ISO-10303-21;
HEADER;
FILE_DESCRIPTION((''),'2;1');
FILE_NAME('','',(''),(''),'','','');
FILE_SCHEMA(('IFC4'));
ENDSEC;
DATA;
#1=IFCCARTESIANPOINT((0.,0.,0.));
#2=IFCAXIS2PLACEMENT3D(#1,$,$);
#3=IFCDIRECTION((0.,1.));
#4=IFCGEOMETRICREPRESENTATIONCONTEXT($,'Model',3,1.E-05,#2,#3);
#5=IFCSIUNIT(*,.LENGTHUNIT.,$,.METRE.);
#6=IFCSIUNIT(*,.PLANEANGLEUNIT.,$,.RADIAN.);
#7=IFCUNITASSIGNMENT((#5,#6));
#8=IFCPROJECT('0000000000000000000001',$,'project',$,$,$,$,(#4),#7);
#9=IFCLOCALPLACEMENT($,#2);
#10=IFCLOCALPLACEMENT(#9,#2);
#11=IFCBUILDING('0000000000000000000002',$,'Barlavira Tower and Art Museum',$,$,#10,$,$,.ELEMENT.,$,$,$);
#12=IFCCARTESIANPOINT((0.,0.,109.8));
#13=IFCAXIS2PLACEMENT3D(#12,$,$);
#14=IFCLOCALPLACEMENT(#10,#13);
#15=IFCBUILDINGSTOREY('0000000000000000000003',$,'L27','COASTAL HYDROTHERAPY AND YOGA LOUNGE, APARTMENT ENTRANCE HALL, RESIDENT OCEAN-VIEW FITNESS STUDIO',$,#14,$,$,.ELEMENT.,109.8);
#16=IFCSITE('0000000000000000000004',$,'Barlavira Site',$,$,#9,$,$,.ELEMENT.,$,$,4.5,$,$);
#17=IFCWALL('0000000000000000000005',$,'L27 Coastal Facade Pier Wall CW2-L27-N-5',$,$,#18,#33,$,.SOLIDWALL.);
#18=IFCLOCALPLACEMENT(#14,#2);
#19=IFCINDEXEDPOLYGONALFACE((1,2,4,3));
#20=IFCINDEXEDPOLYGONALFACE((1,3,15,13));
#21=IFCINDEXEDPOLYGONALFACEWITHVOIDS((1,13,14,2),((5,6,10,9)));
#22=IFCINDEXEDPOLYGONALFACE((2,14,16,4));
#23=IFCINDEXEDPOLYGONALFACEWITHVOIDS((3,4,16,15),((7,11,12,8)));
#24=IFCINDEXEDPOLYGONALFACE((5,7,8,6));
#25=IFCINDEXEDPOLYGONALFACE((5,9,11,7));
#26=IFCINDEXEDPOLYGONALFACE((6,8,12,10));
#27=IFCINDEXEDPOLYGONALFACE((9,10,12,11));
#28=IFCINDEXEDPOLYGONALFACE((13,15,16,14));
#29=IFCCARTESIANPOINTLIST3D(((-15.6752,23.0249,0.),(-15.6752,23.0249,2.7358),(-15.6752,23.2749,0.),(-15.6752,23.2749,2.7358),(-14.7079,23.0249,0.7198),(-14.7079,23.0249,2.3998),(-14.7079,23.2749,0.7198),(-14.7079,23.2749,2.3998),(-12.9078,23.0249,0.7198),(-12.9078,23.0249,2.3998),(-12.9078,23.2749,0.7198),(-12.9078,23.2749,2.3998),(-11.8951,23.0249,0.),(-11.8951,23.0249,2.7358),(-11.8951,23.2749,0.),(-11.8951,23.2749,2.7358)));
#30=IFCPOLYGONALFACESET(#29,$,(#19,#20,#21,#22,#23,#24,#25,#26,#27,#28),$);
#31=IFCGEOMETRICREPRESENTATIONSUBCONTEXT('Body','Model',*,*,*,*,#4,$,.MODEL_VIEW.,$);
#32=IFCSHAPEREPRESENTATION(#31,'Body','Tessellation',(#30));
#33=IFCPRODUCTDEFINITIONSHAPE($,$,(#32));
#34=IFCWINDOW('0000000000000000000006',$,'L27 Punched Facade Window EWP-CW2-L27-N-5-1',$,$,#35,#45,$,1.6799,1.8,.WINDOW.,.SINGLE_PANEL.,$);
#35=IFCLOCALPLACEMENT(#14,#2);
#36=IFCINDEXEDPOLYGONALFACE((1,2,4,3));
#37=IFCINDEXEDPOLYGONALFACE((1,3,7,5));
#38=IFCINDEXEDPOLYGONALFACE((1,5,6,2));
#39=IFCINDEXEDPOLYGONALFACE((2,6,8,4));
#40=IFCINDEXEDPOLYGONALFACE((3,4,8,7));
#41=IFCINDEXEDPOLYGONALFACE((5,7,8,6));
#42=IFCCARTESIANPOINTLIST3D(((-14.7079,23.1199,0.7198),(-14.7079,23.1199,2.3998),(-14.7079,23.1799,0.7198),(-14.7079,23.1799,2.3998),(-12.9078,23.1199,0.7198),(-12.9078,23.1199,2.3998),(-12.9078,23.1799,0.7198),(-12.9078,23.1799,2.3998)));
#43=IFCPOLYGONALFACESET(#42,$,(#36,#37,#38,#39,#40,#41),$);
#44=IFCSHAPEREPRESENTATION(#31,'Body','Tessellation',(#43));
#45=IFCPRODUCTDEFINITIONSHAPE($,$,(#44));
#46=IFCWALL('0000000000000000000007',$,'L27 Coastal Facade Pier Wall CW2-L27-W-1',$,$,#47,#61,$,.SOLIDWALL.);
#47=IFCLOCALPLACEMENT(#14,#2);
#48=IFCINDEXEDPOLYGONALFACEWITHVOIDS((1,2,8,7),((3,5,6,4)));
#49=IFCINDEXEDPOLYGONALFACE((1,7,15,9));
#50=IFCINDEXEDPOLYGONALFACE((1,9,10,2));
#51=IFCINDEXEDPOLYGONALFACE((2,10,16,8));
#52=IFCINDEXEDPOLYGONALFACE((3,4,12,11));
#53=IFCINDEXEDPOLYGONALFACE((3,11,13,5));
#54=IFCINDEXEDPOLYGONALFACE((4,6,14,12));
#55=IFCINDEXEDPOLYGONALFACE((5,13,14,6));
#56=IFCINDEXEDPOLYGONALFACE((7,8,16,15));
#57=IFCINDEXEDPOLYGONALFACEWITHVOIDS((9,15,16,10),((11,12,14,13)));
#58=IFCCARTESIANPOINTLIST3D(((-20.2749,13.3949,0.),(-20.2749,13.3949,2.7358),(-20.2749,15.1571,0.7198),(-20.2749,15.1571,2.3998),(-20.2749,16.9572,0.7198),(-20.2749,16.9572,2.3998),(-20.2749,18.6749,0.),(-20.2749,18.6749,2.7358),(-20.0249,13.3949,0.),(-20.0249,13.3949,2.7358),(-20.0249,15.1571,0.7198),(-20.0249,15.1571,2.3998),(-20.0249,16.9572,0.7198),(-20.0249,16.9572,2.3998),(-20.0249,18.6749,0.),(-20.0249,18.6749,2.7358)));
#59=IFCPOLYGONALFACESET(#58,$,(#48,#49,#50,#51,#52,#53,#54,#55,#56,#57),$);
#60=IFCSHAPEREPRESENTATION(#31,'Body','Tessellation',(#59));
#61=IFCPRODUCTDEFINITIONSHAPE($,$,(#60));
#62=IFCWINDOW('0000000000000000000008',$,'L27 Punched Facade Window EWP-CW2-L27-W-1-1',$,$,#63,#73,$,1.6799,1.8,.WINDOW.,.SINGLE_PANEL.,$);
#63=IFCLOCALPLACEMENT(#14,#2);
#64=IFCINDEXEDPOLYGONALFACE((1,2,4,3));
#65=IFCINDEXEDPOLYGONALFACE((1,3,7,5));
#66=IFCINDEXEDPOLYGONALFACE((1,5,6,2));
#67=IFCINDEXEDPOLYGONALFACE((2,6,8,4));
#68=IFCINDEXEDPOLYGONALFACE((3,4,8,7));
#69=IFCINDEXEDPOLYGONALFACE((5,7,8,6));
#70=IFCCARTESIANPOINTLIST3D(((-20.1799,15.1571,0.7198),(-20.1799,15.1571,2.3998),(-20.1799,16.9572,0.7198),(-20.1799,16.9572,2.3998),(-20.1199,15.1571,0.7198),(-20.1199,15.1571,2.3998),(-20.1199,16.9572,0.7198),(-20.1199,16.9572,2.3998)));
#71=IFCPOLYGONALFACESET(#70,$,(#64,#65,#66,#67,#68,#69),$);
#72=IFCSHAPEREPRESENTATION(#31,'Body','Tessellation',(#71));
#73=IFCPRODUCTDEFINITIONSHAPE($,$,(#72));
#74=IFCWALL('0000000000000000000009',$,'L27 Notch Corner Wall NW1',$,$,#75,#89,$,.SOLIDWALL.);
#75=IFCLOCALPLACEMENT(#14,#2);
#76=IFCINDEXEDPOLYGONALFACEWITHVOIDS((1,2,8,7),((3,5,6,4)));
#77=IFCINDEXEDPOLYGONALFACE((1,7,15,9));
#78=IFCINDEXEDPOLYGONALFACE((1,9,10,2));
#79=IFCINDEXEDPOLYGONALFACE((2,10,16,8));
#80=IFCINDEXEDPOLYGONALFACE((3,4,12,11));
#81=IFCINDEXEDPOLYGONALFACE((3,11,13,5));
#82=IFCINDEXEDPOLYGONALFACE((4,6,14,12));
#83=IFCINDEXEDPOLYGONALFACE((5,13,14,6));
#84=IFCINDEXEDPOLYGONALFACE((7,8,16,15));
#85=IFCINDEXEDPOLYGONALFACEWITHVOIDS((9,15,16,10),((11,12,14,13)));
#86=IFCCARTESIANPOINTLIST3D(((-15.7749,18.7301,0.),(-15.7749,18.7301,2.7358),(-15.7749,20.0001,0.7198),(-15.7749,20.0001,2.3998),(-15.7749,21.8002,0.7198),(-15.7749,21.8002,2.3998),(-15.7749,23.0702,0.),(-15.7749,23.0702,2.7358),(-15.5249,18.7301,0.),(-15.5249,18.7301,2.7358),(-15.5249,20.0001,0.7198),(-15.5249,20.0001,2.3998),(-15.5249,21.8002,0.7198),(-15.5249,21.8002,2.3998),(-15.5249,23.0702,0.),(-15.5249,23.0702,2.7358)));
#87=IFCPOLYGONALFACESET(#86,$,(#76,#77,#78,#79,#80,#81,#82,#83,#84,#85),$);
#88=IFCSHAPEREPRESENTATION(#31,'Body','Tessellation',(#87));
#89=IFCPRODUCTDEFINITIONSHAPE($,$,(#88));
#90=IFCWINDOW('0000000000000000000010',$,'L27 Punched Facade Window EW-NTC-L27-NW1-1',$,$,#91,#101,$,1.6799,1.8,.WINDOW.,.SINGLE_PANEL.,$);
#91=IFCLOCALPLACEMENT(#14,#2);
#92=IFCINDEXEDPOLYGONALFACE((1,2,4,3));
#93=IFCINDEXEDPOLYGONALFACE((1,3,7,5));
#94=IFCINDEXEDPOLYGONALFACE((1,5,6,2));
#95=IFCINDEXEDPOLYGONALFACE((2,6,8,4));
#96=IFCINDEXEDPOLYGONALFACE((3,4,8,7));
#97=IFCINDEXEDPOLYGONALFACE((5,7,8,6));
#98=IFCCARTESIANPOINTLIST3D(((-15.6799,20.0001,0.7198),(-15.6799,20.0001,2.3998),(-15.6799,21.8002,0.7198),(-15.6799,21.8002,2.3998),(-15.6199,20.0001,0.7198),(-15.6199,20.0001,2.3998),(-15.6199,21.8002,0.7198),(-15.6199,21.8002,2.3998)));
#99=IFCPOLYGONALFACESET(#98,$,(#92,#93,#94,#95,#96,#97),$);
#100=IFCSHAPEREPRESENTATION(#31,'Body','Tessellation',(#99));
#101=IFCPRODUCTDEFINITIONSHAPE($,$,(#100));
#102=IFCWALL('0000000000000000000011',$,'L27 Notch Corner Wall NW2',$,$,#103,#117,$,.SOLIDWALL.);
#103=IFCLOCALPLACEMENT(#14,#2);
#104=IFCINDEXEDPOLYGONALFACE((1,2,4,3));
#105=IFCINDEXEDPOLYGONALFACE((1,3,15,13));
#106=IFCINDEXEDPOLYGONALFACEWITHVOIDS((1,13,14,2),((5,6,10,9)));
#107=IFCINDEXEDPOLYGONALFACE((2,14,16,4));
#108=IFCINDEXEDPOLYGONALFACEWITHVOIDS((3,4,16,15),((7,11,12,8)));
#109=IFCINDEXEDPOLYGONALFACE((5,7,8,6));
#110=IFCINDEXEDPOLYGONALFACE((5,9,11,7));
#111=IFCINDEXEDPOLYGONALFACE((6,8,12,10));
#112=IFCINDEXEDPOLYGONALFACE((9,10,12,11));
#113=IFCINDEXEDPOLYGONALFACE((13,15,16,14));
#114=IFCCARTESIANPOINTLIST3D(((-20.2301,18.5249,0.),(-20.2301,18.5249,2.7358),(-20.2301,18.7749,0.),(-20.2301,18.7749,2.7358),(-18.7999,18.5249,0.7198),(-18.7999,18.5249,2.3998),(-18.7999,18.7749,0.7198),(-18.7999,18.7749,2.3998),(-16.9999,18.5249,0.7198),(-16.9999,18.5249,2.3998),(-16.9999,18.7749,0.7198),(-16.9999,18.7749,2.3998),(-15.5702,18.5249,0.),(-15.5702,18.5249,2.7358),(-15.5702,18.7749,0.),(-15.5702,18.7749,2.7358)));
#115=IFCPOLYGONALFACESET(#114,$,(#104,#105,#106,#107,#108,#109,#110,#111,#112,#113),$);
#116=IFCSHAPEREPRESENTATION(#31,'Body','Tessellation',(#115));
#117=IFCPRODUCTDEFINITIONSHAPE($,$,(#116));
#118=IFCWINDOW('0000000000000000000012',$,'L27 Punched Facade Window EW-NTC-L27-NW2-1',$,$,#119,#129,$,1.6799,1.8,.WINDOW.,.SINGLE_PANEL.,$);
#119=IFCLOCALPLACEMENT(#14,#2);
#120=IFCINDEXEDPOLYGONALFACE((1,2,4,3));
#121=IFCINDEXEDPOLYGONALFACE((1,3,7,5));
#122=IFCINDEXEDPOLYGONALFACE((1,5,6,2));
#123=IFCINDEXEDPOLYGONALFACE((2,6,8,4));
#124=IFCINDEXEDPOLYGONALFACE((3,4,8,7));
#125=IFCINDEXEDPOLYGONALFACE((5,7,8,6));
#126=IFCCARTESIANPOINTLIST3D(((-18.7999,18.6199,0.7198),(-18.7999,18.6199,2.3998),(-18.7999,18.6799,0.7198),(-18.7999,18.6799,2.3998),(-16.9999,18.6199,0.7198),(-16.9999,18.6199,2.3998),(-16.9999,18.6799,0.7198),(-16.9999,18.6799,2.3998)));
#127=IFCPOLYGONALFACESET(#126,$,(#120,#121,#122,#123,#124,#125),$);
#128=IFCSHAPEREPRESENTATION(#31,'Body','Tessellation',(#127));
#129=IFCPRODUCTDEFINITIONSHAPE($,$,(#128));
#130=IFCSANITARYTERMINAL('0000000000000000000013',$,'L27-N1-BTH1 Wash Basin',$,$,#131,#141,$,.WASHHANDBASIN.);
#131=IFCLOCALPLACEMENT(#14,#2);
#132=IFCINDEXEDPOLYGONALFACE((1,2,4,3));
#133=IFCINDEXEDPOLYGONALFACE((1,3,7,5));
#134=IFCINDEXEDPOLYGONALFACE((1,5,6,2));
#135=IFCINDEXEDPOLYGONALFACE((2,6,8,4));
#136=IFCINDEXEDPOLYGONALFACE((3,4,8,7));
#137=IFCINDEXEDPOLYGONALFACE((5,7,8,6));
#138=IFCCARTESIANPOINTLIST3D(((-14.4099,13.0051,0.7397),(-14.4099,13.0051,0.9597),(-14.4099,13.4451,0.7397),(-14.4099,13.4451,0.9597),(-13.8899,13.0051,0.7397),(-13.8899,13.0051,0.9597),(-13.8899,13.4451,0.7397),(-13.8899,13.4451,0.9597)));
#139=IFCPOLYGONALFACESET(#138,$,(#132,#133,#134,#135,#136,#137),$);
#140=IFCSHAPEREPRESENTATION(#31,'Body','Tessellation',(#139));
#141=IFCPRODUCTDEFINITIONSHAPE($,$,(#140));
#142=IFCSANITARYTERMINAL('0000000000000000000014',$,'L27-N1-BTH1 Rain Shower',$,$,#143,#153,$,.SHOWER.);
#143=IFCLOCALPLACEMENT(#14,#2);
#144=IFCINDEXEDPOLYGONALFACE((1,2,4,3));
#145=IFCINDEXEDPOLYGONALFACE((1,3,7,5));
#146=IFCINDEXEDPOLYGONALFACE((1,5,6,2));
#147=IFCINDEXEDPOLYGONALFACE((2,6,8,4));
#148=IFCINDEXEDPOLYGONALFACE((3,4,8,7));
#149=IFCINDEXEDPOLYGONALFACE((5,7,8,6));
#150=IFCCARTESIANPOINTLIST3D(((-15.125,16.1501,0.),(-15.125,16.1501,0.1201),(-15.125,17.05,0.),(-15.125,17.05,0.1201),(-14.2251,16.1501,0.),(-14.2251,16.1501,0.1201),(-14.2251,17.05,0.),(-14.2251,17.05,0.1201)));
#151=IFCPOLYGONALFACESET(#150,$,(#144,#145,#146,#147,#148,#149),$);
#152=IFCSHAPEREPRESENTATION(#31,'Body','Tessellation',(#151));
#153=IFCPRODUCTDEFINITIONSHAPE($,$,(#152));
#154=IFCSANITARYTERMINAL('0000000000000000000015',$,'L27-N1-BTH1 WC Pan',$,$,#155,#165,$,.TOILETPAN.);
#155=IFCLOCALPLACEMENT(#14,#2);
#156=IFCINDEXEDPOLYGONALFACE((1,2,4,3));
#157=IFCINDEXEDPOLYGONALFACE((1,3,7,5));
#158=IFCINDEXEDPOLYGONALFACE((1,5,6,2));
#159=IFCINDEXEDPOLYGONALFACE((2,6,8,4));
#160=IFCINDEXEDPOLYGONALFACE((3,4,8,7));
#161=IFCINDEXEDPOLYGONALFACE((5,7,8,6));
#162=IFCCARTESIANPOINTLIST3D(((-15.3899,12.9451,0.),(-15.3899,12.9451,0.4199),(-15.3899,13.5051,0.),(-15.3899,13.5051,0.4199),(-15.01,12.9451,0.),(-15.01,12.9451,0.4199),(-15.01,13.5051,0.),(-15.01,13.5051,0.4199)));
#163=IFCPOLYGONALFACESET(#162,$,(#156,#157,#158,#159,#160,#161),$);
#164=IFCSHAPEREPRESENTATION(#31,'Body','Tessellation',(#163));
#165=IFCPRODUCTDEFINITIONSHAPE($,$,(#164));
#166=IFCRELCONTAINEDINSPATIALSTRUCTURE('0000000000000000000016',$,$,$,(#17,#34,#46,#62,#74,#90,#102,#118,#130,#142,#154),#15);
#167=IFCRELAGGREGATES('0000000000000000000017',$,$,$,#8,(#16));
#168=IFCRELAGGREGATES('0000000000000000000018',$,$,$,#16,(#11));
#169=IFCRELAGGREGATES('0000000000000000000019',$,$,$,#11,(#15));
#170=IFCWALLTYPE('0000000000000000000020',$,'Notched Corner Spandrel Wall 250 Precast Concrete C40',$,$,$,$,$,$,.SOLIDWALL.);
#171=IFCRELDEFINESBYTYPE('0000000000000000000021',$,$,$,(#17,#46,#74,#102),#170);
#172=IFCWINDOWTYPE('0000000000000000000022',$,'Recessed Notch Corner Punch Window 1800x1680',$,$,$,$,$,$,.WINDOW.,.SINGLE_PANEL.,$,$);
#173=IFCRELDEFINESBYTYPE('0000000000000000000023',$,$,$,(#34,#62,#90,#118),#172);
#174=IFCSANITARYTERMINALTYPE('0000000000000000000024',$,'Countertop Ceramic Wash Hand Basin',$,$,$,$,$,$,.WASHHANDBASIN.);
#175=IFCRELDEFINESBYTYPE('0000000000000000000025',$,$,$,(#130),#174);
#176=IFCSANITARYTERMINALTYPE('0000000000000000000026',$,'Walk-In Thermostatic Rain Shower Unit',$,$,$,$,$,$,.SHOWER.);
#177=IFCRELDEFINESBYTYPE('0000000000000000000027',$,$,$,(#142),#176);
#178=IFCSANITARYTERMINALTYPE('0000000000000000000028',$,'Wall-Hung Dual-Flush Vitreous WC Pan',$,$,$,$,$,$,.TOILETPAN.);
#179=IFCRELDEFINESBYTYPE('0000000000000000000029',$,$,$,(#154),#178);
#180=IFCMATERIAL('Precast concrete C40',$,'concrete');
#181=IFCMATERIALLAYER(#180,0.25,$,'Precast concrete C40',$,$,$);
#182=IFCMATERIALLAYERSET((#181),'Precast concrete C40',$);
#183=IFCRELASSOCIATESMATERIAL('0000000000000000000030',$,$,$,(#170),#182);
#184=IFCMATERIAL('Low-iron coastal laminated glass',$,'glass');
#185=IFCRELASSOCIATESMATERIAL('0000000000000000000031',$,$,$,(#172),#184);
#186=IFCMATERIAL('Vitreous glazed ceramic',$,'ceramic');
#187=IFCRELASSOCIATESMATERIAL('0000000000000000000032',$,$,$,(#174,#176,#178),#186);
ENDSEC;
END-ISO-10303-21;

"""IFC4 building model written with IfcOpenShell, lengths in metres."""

from ifc_helpers import new_model, si_unit, direction, frame, frame_2d, origin, origin_2d, place, context, subcontext, project, spatial, rectangle, extrude, material, layer, layer_set, type_object, element, fill, save


model = new_model("IFC4")

# Units and contexts
model_context = context("Model", 3, precision=1e-05, world=origin(), true_north=direction((0.0, 1.0)))
body_context = subcontext(model_context, "Body", "Model", "MODEL_VIEW")
ifc_project = project(units=[si_unit("LENGTHUNIT", "METRE"), si_unit("PLANEANGLEUNIT", "RADIAN")], contexts=[model_context])

# Site, building, storey
site_placement = place(None, origin())
site = spatial("IfcSite", under=ifc_project, at=site_placement, Name="Barlavira Site", CompositionType="ELEMENT", RefElevation=4.5)
building_placement = place(site_placement, origin())
building = spatial("IfcBuilding", under=site, at=building_placement, Name="Barlavira Tower and Art Museum", CompositionType="ELEMENT")
storey_placement = place(building_placement, frame((0.0, 0.0, 109.8)))
storey = spatial("IfcBuildingStorey", under=building, at=storey_placement, Name="L27", Description="COASTAL HYDROTHERAPY AND YOGA LOUNGE, APARTMENT ENTRANCE HALL, RESIDENT OCEAN-VIEW FITNESS STUDIO", CompositionType="ELEMENT", Elevation=109.8)

# Walls, openings, windows
ifc_material_1 = material(Name="Precast concrete C40", Category="concrete")
ifc_layer_1 = layer(ifc_material_1, 0.25, Name="Precast concrete C40")
ifc_layer_set_1 = layer_set([ifc_layer_1], Name="Precast concrete C40")
wall_type_1 = type_object("IfcWallType", Name="Notched Corner Spandrel Wall 250 Precast Concrete C40", PredefinedType="SOLIDWALL", material=ifc_layer_set_1)
wall_1_placement = place(storey_placement, frame((-11.895, 23.1499, 0.0), z_axis=(0.0, 0.0, 1.0), x_axis=(-1.0, 0.0, 0.0)))
wall_1 = element("IfcWall", 1, at=wall_1_placement, inside=storey, type_object=wall_type_1, Name="L27 Coastal Facade Pier Wall CW2-L27-N-5", PredefinedType="SOLIDWALL", context=body_context, shape_type="SweptSolid", body=[
    extrude(rectangle(XDim=3.78, YDim=0.25, at=frame_2d((1.8901, 0.0))), origin(), (0.0, 0.0, 1.0), 2.7358),
])
opening_1_placement = place(wall_1_placement, frame((1.0129, 0.0, 0.72)))
opening_1 = element("IfcOpeningElement", 2, at=opening_1_placement, cuts=wall_1, PredefinedType="OPENING", context=body_context, shape_type="SweptSolid", body=[
    extrude(rectangle(XDim=1.8, YDim=1.6799, at=frame_2d((0.8999, 0.8398))), frame((0.0, 0.135, 0.0), z_axis=(0.0, -1.0, 0.0), x_axis=(1.0, 0.0, 0.0)), (0.0, 0.0, 1.0), 0.27),
])
ifc_material_2 = material(Name="Low-iron coastal laminated glass", Category="glass")
window_type = type_object("IfcWindowType", Name="Recessed Notch Corner Punch Window 1800x1680", PartitioningType="SINGLE_PANEL", PredefinedType="WINDOW", material=ifc_material_2)
window_1_placement = place(opening_1_placement, origin())
window_1 = element("IfcWindow", 3, at=window_1_placement, inside=storey, type_object=window_type, Name="L27 Punched Facade Window EWP-CW2-L27-N-5-1", OverallHeight=1.6799, OverallWidth=1.8, PartitioningType="SINGLE_PANEL", PredefinedType="WINDOW", context=body_context, shape_type="SweptSolid", body=[
    extrude(rectangle(XDim=1.8, YDim=1.6799, at=frame_2d((0.8999, 0.8398))), frame((0.0, 0.03, 0.0), z_axis=(0.0, -1.0, 0.0), x_axis=(1.0, 0.0, 0.0)), (0.0, 0.0, 1.0), 0.0601),
])
fill(opening_1, window_1)
wall_2_placement = place(storey_placement, frame((-20.1499, 18.675, 0.0), z_axis=(0.0, 0.0, 1.0), x_axis=(0.0, -1.0, 0.0)))
wall_2 = element("IfcWall", 4, at=wall_2_placement, inside=storey, type_object=wall_type_1, Name="L27 Coastal Facade Pier Wall CW2-L27-W-1", PredefinedType="SOLIDWALL", context=body_context, shape_type="SweptSolid", body=[
    extrude(rectangle(XDim=5.28, YDim=0.25, at=frame_2d((2.6401, 0.0))), origin(), (0.0, 0.0, 1.0), 2.7358),
])
opening_2_placement = place(wall_2_placement, frame((1.718, 0.0, 0.72)))
opening_2 = element("IfcOpeningElement", 5, at=opening_2_placement, cuts=wall_2, PredefinedType="OPENING", context=body_context, shape_type="SweptSolid", body=[
    extrude(rectangle(XDim=1.8, YDim=1.6799, at=frame_2d((0.8999, 0.8398))), frame((0.0, 0.135, 0.0), z_axis=(0.0, -1.0, 0.0), x_axis=(1.0, 0.0, 0.0)), (0.0, 0.0, 1.0), 0.27),
])
window_2_placement = place(opening_2_placement, origin())
window_2 = element("IfcWindow", 6, at=window_2_placement, inside=storey, type_object=window_type, Name="L27 Punched Facade Window EWP-CW2-L27-W-1-1", OverallHeight=1.6799, OverallWidth=1.8, PartitioningType="SINGLE_PANEL", PredefinedType="WINDOW", context=body_context, shape_type="SweptSolid", body=[
    extrude(rectangle(XDim=1.8, YDim=1.6799, at=frame_2d((0.8999, 0.8398))), frame((0.0, 0.03, 0.0), z_axis=(0.0, -1.0, 0.0), x_axis=(1.0, 0.0, 0.0)), (0.0, 0.0, 1.0), 0.0601),
])
fill(opening_2, window_2)
wall_3_placement = place(storey_placement, frame((-15.6499, 23.0701, 0.0), z_axis=(0.0, 0.0, 1.0), x_axis=(0.0, -1.0, 0.0)))
wall_3 = element("IfcWall", 7, at=wall_3_placement, inside=storey, type_object=wall_type_1, Name="L27 Notch Corner Wall NW1", PredefinedType="SOLIDWALL", context=body_context, shape_type="SweptSolid", body=[
    extrude(rectangle(XDim=4.3401, YDim=0.25, at=frame_2d((2.1699, 0.0))), origin(), (0.0, 0.0, 1.0), 2.7358),
])
opening_3_placement = place(wall_3_placement, frame((1.27, 0.0, 0.72)))
opening_3 = element("IfcOpeningElement", 8, at=opening_3_placement, cuts=wall_3, PredefinedType="OPENING", context=body_context, shape_type="SweptSolid", body=[
    extrude(rectangle(XDim=1.8, YDim=1.6799, at=frame_2d((0.8999, 0.8398))), frame((0.0, 0.135, 0.0), z_axis=(0.0, -1.0, 0.0), x_axis=(1.0, 0.0, 0.0)), (0.0, 0.0, 1.0), 0.27),
])
window_3_placement = place(opening_3_placement, origin())
window_3 = element("IfcWindow", 9, at=window_3_placement, inside=storey, type_object=window_type, Name="L27 Punched Facade Window EW-NTC-L27-NW1-1", OverallHeight=1.6799, OverallWidth=1.8, PartitioningType="SINGLE_PANEL", PredefinedType="WINDOW", context=body_context, shape_type="SweptSolid", body=[
    extrude(rectangle(XDim=1.8, YDim=1.6799, at=frame_2d((0.8999, 0.8398))), frame((0.0, 0.03, 0.0), z_axis=(0.0, -1.0, 0.0), x_axis=(1.0, 0.0, 0.0)), (0.0, 0.0, 1.0), 0.0601),
])
fill(opening_3, window_3)
wall_4_placement = place(storey_placement, frame((-15.5701, 18.6499, 0.0), z_axis=(0.0, 0.0, 1.0), x_axis=(-1.0, 0.0, 0.0)))
wall_4 = element("IfcWall", 10, at=wall_4_placement, inside=storey, type_object=wall_type_1, Name="L27 Notch Corner Wall NW2", PredefinedType="SOLIDWALL", context=body_context, shape_type="SweptSolid", body=[
    extrude(rectangle(XDim=4.6599, YDim=0.25, at=frame_2d((2.3301, 0.0))), origin(), (0.0, 0.0, 1.0), 2.7358),
])
opening_4_placement = place(wall_4_placement, frame((1.4299, 0.0, 0.72)))
opening_4 = element("IfcOpeningElement", 11, at=opening_4_placement, cuts=wall_4, PredefinedType="OPENING", context=body_context, shape_type="SweptSolid", body=[
    extrude(rectangle(XDim=1.8, YDim=1.6799, at=frame_2d((0.8999, 0.8398))), frame((0.0, 0.135, 0.0), z_axis=(0.0, -1.0, 0.0), x_axis=(1.0, 0.0, 0.0)), (0.0, 0.0, 1.0), 0.27),
])
window_4_placement = place(opening_4_placement, origin())
window_4 = element("IfcWindow", 12, at=window_4_placement, inside=storey, type_object=window_type, Name="L27 Punched Facade Window EW-NTC-L27-NW2-1", OverallHeight=1.6799, OverallWidth=1.8, PartitioningType="SINGLE_PANEL", PredefinedType="WINDOW", context=body_context, shape_type="SweptSolid", body=[
    extrude(rectangle(XDim=1.8, YDim=1.6799, at=frame_2d((0.8999, 0.8398))), frame((0.0, 0.03, 0.0), z_axis=(0.0, -1.0, 0.0), x_axis=(1.0, 0.0, 0.0)), (0.0, 0.0, 1.0), 0.0601),
])
fill(opening_4, window_4)

# Sanitary terminals
ifc_material_3 = material(Name="Vitreous glazed ceramic", Category="ceramic")
sanitary_terminal_type_1 = type_object("IfcSanitaryTerminalType", Name="Countertop Ceramic Wash Hand Basin", PredefinedType="WASHHANDBASIN", material=ifc_material_3)
sanitary_terminal_1_placement = place(storey_placement, frame((-14.1499, 13.2251, 0.7397), z_axis=(0.0, 0.0, 1.0), x_axis=(1.0, 0.0, 0.0)))
element("IfcSanitaryTerminal", 13, at=sanitary_terminal_1_placement, inside=storey, type_object=sanitary_terminal_type_1, Name="L27-N1-BTH1 Wash Basin", PredefinedType="WASHHANDBASIN", context=body_context, shape_type="SweptSolid", body=[
    extrude(rectangle(XDim=0.52, YDim=0.4399, at=origin_2d()), origin(), (0.0, 0.0, 1.0), 0.22),
])
sanitary_terminal_type_2 = type_object("IfcSanitaryTerminalType", Name="Walk-In Thermostatic Rain Shower Unit", PredefinedType="SHOWER", material=ifc_material_3)
sanitary_terminal_2_placement = place(storey_placement, frame((-14.675, 16.6001, 0.0), z_axis=(0.0, 0.0, 1.0), x_axis=(1.0, 0.0, 0.0)))
element("IfcSanitaryTerminal", 14, at=sanitary_terminal_2_placement, inside=storey, type_object=sanitary_terminal_type_2, Name="L27-N1-BTH1 Rain Shower", PredefinedType="SHOWER", context=body_context, shape_type="SweptSolid", body=[
    extrude(rectangle(XDim=0.8999, YDim=0.8999, at=origin_2d()), origin(), (0.0, 0.0, 1.0), 0.1201),
])
sanitary_terminal_type_3 = type_object("IfcSanitaryTerminalType", Name="Wall-Hung Dual-Flush Vitreous WC Pan", PredefinedType="TOILETPAN", material=ifc_material_3)
sanitary_terminal_3_placement = place(storey_placement, frame((-15.2, 13.2251, 0.0), z_axis=(0.0, 0.0, 1.0), x_axis=(1.0, 0.0, 0.0)))
element("IfcSanitaryTerminal", 15, at=sanitary_terminal_3_placement, inside=storey, type_object=sanitary_terminal_type_3, Name="L27-N1-BTH1 WC Pan", PredefinedType="TOILETPAN", context=body_context, shape_type="SweptSolid", body=[
    extrude(rectangle(XDim=0.3799, YDim=0.5601, at=origin_2d()), origin(), (0.0, 0.0, 1.0), 0.4199),
])

save(model, "model.ifc")
